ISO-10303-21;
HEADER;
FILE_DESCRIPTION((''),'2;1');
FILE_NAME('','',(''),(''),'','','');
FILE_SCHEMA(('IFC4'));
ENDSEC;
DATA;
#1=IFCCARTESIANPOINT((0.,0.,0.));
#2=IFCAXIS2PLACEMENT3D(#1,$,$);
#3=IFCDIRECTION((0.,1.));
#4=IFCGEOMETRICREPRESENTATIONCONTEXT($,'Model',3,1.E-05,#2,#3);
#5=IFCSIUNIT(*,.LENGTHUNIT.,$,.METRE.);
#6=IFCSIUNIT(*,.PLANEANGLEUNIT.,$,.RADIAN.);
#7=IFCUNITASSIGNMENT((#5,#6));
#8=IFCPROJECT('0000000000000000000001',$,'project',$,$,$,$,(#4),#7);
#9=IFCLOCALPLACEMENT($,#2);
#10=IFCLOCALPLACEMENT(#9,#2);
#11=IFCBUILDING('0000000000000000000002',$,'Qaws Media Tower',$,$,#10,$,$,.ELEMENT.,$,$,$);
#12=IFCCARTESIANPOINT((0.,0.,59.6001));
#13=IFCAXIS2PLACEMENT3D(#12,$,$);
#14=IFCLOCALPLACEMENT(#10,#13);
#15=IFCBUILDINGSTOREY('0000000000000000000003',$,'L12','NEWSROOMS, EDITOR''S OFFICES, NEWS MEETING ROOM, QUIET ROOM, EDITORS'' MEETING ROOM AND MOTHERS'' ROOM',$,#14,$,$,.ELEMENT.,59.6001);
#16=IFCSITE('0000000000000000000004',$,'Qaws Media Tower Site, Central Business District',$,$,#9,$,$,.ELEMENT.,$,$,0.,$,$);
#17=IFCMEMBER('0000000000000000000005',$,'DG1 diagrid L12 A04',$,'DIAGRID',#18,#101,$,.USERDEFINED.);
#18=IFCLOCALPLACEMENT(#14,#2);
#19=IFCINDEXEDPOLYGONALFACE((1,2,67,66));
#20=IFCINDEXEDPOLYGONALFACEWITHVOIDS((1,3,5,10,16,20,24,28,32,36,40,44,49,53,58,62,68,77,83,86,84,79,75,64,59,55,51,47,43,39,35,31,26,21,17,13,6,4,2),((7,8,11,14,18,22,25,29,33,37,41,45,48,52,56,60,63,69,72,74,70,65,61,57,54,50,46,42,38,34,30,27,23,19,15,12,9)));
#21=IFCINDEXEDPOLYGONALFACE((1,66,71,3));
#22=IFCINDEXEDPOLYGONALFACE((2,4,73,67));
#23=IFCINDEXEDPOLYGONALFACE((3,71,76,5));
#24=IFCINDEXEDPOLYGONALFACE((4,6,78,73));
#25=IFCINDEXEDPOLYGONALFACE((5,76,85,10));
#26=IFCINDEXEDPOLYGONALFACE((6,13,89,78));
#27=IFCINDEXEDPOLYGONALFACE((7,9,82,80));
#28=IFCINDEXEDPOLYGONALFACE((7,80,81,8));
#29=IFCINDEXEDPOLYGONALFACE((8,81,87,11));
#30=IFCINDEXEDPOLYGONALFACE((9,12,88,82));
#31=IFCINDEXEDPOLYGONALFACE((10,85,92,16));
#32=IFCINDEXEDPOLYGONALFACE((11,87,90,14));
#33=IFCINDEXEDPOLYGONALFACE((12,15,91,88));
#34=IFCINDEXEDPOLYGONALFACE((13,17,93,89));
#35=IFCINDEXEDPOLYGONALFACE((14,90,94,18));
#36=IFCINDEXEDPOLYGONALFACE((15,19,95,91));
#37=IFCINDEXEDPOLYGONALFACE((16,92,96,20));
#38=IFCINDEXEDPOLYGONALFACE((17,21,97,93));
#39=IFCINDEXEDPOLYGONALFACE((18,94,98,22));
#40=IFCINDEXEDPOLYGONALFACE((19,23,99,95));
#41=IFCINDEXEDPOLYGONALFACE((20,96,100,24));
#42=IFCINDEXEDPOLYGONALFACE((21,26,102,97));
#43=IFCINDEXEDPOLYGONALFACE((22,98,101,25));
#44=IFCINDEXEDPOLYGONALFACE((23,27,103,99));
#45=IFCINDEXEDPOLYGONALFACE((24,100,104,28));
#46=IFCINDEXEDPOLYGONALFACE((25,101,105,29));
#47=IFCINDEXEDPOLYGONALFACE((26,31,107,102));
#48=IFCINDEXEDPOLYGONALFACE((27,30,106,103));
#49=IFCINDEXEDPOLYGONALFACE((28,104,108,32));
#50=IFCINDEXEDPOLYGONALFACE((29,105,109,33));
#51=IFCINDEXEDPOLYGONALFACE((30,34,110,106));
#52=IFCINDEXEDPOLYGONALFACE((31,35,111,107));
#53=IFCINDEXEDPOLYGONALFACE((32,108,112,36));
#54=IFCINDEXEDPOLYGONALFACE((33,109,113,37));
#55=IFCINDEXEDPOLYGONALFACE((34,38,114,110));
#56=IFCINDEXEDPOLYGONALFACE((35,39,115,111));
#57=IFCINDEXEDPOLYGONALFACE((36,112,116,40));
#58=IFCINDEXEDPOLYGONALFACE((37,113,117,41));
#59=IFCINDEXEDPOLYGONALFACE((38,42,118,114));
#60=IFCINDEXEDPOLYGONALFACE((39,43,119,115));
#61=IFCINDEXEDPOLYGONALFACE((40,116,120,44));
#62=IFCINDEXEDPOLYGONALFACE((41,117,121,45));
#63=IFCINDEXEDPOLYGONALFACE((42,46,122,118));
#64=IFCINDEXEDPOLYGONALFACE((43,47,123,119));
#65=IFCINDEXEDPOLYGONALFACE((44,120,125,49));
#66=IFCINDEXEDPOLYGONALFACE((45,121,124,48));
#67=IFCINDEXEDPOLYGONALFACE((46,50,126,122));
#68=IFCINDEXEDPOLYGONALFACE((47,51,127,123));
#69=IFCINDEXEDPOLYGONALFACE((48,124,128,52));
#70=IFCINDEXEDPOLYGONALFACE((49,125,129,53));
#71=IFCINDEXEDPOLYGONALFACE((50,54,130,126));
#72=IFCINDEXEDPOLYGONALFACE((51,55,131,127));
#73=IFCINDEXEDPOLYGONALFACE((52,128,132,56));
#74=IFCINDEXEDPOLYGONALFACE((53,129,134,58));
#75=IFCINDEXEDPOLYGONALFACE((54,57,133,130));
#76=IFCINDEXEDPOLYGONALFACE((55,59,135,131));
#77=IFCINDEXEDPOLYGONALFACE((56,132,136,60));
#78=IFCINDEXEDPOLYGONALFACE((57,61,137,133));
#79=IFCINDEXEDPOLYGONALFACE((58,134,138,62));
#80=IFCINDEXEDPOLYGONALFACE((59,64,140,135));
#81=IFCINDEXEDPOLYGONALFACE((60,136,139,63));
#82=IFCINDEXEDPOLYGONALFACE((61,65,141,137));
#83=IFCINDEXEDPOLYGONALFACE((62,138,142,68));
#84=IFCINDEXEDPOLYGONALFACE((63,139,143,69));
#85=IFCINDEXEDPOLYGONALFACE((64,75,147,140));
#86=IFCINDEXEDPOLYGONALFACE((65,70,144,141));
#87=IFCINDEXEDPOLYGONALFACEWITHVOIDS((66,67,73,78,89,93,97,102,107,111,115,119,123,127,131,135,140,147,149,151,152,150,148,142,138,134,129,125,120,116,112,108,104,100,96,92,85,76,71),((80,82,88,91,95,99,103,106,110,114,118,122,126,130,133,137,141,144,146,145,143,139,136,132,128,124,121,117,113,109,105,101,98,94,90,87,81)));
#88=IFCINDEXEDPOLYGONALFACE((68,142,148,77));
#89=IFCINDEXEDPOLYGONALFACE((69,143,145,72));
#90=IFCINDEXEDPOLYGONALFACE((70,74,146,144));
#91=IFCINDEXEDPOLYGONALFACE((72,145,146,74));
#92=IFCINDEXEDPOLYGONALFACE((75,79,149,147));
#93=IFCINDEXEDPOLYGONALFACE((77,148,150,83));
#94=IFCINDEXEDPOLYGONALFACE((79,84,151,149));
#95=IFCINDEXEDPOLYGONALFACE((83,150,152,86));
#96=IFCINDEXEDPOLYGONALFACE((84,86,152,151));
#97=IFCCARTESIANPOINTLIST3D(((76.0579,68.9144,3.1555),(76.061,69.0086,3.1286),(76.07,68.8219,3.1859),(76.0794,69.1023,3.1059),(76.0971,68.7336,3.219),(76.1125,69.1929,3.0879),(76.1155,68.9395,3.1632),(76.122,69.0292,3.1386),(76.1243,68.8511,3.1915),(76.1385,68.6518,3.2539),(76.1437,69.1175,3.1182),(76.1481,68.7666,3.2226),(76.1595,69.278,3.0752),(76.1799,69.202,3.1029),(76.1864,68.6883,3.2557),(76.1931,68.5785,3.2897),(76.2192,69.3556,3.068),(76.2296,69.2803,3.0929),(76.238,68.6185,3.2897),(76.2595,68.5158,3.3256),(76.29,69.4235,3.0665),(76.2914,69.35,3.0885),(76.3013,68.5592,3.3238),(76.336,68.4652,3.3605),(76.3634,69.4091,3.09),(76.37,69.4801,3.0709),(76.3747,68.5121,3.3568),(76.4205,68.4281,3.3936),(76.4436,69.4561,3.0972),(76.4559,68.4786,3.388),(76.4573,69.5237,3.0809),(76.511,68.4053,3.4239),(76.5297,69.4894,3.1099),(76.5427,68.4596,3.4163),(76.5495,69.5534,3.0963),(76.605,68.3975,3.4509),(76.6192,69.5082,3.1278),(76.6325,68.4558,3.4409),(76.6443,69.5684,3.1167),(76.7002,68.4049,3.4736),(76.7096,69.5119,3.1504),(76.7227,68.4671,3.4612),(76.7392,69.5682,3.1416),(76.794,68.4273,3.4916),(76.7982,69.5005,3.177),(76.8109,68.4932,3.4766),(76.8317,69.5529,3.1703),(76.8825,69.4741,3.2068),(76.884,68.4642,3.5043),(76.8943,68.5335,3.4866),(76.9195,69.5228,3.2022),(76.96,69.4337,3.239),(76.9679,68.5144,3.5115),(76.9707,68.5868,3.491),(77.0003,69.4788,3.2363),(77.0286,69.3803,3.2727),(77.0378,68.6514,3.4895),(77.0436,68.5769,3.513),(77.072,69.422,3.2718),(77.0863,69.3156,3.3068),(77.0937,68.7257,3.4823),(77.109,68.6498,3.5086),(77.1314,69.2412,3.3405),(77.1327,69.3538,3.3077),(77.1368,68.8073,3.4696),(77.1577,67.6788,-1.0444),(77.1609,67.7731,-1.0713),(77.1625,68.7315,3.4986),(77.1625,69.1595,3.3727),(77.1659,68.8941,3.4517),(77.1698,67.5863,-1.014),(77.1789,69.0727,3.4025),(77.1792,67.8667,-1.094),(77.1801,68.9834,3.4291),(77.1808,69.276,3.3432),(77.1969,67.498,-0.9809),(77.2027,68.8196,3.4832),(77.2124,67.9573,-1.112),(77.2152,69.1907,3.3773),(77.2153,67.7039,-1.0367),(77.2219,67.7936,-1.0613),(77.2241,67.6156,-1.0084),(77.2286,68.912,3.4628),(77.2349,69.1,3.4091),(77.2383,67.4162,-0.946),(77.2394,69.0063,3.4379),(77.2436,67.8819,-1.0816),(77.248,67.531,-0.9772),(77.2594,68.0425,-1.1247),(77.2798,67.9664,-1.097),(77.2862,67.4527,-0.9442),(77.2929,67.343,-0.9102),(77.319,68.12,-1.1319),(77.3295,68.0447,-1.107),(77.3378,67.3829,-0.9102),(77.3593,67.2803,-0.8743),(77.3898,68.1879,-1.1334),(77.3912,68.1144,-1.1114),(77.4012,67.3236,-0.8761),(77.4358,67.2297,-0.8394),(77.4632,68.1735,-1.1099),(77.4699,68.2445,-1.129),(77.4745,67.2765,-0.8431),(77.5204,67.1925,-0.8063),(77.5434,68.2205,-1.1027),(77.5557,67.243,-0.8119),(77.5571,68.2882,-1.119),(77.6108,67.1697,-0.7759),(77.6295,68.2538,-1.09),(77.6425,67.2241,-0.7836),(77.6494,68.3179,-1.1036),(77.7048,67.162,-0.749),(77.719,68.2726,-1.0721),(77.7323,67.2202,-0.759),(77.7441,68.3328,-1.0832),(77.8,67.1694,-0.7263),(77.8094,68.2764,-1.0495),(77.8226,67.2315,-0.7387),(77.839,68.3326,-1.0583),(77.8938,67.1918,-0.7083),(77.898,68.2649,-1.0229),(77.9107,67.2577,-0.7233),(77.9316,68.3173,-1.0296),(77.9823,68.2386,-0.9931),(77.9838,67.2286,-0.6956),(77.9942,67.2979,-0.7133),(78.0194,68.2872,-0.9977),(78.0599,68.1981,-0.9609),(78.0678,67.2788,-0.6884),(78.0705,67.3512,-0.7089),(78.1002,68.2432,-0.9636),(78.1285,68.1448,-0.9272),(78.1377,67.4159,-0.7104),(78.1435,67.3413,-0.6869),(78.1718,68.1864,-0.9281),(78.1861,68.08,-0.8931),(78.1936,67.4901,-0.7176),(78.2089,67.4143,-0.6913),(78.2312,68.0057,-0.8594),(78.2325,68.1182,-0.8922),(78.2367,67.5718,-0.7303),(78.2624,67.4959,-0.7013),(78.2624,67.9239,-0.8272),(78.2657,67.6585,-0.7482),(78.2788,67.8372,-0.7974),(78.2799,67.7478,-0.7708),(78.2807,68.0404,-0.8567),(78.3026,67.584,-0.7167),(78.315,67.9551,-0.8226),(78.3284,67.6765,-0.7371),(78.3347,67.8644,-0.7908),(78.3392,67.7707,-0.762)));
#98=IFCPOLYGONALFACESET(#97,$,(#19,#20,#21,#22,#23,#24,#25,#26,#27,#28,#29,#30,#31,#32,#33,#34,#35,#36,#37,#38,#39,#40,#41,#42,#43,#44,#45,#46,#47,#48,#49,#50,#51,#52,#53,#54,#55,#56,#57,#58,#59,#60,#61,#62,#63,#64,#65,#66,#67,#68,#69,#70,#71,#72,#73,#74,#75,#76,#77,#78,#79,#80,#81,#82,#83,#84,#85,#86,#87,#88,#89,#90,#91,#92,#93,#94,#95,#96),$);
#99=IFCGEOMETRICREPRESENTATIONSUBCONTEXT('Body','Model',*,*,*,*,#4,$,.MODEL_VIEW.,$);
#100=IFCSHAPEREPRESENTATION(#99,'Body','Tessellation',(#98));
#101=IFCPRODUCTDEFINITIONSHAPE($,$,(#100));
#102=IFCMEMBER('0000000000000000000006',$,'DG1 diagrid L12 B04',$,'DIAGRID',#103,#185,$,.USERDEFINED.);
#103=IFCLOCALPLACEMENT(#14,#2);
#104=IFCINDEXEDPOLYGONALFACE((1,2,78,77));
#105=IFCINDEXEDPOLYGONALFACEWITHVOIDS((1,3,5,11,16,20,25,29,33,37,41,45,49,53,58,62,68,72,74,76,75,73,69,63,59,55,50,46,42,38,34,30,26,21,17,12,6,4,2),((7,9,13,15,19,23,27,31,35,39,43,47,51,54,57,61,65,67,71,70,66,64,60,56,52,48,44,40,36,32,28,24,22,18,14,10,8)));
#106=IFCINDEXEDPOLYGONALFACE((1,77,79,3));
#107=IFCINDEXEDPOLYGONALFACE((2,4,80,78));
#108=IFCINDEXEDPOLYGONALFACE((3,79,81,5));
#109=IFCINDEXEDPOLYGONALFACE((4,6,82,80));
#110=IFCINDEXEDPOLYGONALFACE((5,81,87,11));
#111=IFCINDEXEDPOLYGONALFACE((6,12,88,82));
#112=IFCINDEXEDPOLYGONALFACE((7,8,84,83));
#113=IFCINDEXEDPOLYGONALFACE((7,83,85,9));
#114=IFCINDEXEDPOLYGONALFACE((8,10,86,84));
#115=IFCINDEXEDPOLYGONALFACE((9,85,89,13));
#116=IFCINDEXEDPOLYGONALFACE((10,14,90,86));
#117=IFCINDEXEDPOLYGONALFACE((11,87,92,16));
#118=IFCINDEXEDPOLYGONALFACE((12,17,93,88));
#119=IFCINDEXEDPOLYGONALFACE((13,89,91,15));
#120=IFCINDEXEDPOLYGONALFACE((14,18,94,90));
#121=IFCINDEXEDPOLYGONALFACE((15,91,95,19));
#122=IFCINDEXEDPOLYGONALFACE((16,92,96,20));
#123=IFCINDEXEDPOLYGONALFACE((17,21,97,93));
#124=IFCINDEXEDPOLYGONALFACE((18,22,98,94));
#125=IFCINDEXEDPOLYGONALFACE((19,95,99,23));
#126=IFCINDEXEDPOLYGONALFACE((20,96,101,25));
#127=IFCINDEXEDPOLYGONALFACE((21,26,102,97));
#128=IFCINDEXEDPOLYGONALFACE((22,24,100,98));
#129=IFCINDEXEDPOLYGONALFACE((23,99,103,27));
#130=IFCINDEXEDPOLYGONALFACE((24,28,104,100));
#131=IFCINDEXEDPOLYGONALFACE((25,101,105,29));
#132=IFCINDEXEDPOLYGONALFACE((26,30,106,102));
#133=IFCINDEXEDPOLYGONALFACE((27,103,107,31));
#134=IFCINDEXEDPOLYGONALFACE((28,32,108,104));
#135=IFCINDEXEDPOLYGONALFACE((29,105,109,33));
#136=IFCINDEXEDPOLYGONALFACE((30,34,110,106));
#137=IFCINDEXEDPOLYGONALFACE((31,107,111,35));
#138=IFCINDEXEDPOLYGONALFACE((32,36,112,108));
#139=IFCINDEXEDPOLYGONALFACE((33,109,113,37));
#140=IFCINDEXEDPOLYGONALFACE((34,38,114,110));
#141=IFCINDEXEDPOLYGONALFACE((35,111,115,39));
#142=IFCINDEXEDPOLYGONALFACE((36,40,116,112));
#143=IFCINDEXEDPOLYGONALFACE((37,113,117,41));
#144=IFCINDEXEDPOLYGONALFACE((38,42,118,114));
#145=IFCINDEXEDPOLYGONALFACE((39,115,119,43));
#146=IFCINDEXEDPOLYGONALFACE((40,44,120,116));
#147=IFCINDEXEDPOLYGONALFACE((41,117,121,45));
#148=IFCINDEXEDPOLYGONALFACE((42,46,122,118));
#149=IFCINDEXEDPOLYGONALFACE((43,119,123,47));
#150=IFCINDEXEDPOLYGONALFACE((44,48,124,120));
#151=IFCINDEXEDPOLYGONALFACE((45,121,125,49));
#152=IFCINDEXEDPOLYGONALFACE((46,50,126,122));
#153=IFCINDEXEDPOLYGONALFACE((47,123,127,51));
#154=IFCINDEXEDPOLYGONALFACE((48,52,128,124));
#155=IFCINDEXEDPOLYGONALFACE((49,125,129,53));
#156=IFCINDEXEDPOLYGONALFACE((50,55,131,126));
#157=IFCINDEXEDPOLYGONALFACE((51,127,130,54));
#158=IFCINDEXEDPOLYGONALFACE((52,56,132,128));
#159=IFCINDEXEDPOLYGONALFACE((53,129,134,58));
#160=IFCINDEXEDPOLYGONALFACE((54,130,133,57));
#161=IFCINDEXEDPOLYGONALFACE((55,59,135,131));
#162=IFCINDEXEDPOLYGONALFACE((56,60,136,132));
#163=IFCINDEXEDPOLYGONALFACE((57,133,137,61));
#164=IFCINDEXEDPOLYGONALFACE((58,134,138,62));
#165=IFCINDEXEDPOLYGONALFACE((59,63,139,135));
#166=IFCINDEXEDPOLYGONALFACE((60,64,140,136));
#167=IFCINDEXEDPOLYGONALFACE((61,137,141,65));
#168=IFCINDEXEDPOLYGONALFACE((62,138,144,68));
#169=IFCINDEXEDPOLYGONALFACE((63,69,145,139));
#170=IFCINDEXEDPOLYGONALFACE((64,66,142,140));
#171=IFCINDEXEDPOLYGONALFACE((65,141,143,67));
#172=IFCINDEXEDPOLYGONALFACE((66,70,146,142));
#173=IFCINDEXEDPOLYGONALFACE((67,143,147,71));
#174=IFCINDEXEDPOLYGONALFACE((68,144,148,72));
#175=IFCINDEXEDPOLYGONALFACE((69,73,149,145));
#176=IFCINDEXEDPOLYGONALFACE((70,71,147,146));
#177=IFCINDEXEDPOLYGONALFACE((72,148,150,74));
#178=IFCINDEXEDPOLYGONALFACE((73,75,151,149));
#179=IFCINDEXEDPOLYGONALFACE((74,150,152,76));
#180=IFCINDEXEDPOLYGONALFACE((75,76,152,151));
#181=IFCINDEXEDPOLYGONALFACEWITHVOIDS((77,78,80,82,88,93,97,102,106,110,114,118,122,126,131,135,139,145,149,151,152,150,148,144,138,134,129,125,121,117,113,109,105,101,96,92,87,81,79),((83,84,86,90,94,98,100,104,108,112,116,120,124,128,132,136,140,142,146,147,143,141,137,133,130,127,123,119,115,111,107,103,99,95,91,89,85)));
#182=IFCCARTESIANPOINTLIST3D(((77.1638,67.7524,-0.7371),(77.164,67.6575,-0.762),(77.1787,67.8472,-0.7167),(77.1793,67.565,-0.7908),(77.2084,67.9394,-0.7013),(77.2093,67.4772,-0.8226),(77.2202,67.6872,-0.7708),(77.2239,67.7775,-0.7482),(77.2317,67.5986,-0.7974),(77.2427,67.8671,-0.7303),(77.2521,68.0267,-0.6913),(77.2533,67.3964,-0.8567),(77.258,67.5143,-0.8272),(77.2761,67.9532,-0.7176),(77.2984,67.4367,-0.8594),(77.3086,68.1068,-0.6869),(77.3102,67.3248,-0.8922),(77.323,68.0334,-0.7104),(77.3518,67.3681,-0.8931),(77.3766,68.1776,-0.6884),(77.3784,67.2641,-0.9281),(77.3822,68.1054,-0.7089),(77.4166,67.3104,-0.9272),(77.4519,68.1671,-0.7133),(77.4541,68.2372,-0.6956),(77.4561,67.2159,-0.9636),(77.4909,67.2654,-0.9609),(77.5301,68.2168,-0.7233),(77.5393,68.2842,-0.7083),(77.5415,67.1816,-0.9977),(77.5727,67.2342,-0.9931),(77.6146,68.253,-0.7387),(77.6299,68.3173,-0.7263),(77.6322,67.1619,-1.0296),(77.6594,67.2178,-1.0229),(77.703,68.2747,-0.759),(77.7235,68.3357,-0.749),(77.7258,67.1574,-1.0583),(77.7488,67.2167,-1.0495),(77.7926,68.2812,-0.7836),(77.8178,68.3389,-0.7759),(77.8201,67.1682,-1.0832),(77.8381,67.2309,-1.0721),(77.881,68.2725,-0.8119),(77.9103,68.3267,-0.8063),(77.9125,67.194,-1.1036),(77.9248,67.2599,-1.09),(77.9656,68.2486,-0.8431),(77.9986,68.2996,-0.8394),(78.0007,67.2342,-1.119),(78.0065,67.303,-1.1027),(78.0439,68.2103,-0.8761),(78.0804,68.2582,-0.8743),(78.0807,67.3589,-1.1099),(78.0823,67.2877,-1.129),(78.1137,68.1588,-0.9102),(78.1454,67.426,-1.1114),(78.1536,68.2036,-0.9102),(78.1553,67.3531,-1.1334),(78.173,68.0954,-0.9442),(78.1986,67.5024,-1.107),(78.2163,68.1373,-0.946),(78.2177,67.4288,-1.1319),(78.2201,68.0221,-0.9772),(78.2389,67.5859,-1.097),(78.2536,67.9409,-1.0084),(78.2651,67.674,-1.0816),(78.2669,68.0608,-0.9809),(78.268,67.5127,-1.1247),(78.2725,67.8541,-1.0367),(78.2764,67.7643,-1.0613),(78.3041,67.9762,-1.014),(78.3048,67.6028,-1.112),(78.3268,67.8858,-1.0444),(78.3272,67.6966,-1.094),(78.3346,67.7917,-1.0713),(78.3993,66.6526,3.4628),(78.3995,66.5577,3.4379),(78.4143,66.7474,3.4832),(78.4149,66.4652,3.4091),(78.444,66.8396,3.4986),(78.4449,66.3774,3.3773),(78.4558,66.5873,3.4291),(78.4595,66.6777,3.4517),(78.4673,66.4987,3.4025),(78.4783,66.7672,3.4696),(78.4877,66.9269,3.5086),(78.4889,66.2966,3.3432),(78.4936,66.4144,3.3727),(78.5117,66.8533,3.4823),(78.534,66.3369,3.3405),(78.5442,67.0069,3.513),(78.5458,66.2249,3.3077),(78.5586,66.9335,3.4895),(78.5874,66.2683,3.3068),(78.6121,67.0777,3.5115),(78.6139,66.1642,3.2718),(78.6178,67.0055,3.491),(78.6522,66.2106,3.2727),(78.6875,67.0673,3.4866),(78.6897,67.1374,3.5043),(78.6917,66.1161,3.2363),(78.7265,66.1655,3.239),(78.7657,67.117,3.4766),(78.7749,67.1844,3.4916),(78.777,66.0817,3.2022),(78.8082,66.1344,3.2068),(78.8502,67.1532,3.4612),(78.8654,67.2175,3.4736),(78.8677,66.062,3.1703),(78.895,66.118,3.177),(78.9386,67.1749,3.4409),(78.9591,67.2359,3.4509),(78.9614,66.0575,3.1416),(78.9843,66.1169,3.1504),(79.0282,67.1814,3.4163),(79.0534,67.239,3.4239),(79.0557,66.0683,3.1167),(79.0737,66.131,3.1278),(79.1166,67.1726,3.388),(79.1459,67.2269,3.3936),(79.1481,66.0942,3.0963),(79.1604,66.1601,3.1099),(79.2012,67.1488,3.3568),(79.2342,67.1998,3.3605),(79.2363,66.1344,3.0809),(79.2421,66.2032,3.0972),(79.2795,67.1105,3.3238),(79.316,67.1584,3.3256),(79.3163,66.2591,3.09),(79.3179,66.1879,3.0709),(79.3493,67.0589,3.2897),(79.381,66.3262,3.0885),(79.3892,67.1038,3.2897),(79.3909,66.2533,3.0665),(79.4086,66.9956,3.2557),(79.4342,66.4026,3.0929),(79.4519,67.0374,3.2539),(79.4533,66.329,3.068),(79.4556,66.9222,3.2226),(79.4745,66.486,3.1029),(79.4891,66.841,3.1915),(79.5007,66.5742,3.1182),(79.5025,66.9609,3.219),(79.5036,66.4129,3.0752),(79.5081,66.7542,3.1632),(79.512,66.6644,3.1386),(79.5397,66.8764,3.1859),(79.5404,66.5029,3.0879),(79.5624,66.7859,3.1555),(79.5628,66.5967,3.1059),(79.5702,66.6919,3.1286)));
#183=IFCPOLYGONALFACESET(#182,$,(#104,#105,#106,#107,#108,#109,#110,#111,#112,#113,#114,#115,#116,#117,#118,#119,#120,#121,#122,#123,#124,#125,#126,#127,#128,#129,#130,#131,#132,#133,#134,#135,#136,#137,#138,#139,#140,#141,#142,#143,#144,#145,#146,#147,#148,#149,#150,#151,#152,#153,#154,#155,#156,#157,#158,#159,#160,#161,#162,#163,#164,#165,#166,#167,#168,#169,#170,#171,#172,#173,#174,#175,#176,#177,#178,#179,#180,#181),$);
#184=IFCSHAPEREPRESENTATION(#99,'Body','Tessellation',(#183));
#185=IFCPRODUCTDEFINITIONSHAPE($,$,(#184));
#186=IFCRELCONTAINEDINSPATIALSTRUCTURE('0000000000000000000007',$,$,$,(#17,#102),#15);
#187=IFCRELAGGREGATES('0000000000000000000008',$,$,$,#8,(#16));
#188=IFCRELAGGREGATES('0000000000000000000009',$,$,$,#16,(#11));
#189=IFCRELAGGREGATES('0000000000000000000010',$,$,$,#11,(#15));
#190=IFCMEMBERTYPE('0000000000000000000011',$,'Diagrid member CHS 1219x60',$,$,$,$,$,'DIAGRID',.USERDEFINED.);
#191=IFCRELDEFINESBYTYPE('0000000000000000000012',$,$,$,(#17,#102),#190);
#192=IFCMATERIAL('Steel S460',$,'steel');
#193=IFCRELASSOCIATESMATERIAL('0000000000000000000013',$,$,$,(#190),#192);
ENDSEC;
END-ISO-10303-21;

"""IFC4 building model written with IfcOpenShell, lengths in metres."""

from ifc_helpers import new_model, si_unit, direction, frame, origin, origin_2d, place, context, subcontext, project, spatial, hollow_circle, extrude, material, material_profile, profile_set, type_object, element, save


model = new_model("IFC4")

# Units and contexts
model_context = context("Model", 3, precision=1e-05, world=origin(), true_north=direction((0.0, 1.0)))
body_context = subcontext(model_context, "Body", "Model", "MODEL_VIEW")
ifc_project = project(units=[si_unit("LENGTHUNIT", "METRE"), si_unit("PLANEANGLEUNIT", "RADIAN")], contexts=[model_context])

# Site, building, storey
site_placement = place(None, origin())
site = spatial("IfcSite", under=ifc_project, at=site_placement, Name="Qaws Media Tower Site, Central Business District", CompositionType="ELEMENT", RefElevation=0.0)
building_placement = place(site_placement, origin())
building = spatial("IfcBuilding", under=site, at=building_placement, Name="Qaws Media Tower", CompositionType="ELEMENT")
storey_placement = place(building_placement, frame((0.0, 0.0, 59.6001)))
storey = spatial("IfcBuildingStorey", under=building, at=storey_placement, Name="L12", Description="NEWSROOMS, EDITOR'S OFFICES, NEWS MEETING ROOM, QUIET ROOM, EDITORS' MEETING ROOM AND MOTHERS' ROOM", CompositionType="ELEMENT", Elevation=59.6001)

# Members
ifc_material_1 = material(Name="Steel S460", Category="steel")
ifc_material_profile_1 = material_profile(ifc_material_1, hollow_circle(Radius=0.6096, WallThickness=0.0601, at=origin_2d()), Name="CHS 1219x60")
ifc_profile_set_1 = profile_set([ifc_material_profile_1], Name="Steel S460")
member_type_1 = type_object("IfcMemberType", Name="Diagrid member CHS 1219x60", ElementType="DIAGRID", PredefinedType="USERDEFINED", material=ifc_profile_set_1)
for number, where, z_axis, x_axis, name in (
    (1, (77.7483, 67.7483, -0.9102), (-0.243655, 0.273727, 0.930433), (-0.746945, -0.664886, 0.0), "DG1 diagrid L12 A04"),
    (2, (77.7483, 67.7483, -0.9102), (0.273727, -0.243655, 0.930433), (0.664886, 0.746945, 0.0), "DG1 diagrid L12 B04"),
):
    element("IfcMember", number, at=place(storey_placement, frame(where, z_axis=z_axis, x_axis=x_axis)), inside=storey, type_object=member_type_1, Name=name, ObjectType="DIAGRID", PredefinedType="USERDEFINED", context=body_context, shape_type="SweptSolid", body=[
        extrude(hollow_circle(Radius=0.6096, WallThickness=0.0601, at=origin_2d()), origin(), (0.0, 0.0, 1.0), 4.5139),
    ])

save(model, "model.ifc")
